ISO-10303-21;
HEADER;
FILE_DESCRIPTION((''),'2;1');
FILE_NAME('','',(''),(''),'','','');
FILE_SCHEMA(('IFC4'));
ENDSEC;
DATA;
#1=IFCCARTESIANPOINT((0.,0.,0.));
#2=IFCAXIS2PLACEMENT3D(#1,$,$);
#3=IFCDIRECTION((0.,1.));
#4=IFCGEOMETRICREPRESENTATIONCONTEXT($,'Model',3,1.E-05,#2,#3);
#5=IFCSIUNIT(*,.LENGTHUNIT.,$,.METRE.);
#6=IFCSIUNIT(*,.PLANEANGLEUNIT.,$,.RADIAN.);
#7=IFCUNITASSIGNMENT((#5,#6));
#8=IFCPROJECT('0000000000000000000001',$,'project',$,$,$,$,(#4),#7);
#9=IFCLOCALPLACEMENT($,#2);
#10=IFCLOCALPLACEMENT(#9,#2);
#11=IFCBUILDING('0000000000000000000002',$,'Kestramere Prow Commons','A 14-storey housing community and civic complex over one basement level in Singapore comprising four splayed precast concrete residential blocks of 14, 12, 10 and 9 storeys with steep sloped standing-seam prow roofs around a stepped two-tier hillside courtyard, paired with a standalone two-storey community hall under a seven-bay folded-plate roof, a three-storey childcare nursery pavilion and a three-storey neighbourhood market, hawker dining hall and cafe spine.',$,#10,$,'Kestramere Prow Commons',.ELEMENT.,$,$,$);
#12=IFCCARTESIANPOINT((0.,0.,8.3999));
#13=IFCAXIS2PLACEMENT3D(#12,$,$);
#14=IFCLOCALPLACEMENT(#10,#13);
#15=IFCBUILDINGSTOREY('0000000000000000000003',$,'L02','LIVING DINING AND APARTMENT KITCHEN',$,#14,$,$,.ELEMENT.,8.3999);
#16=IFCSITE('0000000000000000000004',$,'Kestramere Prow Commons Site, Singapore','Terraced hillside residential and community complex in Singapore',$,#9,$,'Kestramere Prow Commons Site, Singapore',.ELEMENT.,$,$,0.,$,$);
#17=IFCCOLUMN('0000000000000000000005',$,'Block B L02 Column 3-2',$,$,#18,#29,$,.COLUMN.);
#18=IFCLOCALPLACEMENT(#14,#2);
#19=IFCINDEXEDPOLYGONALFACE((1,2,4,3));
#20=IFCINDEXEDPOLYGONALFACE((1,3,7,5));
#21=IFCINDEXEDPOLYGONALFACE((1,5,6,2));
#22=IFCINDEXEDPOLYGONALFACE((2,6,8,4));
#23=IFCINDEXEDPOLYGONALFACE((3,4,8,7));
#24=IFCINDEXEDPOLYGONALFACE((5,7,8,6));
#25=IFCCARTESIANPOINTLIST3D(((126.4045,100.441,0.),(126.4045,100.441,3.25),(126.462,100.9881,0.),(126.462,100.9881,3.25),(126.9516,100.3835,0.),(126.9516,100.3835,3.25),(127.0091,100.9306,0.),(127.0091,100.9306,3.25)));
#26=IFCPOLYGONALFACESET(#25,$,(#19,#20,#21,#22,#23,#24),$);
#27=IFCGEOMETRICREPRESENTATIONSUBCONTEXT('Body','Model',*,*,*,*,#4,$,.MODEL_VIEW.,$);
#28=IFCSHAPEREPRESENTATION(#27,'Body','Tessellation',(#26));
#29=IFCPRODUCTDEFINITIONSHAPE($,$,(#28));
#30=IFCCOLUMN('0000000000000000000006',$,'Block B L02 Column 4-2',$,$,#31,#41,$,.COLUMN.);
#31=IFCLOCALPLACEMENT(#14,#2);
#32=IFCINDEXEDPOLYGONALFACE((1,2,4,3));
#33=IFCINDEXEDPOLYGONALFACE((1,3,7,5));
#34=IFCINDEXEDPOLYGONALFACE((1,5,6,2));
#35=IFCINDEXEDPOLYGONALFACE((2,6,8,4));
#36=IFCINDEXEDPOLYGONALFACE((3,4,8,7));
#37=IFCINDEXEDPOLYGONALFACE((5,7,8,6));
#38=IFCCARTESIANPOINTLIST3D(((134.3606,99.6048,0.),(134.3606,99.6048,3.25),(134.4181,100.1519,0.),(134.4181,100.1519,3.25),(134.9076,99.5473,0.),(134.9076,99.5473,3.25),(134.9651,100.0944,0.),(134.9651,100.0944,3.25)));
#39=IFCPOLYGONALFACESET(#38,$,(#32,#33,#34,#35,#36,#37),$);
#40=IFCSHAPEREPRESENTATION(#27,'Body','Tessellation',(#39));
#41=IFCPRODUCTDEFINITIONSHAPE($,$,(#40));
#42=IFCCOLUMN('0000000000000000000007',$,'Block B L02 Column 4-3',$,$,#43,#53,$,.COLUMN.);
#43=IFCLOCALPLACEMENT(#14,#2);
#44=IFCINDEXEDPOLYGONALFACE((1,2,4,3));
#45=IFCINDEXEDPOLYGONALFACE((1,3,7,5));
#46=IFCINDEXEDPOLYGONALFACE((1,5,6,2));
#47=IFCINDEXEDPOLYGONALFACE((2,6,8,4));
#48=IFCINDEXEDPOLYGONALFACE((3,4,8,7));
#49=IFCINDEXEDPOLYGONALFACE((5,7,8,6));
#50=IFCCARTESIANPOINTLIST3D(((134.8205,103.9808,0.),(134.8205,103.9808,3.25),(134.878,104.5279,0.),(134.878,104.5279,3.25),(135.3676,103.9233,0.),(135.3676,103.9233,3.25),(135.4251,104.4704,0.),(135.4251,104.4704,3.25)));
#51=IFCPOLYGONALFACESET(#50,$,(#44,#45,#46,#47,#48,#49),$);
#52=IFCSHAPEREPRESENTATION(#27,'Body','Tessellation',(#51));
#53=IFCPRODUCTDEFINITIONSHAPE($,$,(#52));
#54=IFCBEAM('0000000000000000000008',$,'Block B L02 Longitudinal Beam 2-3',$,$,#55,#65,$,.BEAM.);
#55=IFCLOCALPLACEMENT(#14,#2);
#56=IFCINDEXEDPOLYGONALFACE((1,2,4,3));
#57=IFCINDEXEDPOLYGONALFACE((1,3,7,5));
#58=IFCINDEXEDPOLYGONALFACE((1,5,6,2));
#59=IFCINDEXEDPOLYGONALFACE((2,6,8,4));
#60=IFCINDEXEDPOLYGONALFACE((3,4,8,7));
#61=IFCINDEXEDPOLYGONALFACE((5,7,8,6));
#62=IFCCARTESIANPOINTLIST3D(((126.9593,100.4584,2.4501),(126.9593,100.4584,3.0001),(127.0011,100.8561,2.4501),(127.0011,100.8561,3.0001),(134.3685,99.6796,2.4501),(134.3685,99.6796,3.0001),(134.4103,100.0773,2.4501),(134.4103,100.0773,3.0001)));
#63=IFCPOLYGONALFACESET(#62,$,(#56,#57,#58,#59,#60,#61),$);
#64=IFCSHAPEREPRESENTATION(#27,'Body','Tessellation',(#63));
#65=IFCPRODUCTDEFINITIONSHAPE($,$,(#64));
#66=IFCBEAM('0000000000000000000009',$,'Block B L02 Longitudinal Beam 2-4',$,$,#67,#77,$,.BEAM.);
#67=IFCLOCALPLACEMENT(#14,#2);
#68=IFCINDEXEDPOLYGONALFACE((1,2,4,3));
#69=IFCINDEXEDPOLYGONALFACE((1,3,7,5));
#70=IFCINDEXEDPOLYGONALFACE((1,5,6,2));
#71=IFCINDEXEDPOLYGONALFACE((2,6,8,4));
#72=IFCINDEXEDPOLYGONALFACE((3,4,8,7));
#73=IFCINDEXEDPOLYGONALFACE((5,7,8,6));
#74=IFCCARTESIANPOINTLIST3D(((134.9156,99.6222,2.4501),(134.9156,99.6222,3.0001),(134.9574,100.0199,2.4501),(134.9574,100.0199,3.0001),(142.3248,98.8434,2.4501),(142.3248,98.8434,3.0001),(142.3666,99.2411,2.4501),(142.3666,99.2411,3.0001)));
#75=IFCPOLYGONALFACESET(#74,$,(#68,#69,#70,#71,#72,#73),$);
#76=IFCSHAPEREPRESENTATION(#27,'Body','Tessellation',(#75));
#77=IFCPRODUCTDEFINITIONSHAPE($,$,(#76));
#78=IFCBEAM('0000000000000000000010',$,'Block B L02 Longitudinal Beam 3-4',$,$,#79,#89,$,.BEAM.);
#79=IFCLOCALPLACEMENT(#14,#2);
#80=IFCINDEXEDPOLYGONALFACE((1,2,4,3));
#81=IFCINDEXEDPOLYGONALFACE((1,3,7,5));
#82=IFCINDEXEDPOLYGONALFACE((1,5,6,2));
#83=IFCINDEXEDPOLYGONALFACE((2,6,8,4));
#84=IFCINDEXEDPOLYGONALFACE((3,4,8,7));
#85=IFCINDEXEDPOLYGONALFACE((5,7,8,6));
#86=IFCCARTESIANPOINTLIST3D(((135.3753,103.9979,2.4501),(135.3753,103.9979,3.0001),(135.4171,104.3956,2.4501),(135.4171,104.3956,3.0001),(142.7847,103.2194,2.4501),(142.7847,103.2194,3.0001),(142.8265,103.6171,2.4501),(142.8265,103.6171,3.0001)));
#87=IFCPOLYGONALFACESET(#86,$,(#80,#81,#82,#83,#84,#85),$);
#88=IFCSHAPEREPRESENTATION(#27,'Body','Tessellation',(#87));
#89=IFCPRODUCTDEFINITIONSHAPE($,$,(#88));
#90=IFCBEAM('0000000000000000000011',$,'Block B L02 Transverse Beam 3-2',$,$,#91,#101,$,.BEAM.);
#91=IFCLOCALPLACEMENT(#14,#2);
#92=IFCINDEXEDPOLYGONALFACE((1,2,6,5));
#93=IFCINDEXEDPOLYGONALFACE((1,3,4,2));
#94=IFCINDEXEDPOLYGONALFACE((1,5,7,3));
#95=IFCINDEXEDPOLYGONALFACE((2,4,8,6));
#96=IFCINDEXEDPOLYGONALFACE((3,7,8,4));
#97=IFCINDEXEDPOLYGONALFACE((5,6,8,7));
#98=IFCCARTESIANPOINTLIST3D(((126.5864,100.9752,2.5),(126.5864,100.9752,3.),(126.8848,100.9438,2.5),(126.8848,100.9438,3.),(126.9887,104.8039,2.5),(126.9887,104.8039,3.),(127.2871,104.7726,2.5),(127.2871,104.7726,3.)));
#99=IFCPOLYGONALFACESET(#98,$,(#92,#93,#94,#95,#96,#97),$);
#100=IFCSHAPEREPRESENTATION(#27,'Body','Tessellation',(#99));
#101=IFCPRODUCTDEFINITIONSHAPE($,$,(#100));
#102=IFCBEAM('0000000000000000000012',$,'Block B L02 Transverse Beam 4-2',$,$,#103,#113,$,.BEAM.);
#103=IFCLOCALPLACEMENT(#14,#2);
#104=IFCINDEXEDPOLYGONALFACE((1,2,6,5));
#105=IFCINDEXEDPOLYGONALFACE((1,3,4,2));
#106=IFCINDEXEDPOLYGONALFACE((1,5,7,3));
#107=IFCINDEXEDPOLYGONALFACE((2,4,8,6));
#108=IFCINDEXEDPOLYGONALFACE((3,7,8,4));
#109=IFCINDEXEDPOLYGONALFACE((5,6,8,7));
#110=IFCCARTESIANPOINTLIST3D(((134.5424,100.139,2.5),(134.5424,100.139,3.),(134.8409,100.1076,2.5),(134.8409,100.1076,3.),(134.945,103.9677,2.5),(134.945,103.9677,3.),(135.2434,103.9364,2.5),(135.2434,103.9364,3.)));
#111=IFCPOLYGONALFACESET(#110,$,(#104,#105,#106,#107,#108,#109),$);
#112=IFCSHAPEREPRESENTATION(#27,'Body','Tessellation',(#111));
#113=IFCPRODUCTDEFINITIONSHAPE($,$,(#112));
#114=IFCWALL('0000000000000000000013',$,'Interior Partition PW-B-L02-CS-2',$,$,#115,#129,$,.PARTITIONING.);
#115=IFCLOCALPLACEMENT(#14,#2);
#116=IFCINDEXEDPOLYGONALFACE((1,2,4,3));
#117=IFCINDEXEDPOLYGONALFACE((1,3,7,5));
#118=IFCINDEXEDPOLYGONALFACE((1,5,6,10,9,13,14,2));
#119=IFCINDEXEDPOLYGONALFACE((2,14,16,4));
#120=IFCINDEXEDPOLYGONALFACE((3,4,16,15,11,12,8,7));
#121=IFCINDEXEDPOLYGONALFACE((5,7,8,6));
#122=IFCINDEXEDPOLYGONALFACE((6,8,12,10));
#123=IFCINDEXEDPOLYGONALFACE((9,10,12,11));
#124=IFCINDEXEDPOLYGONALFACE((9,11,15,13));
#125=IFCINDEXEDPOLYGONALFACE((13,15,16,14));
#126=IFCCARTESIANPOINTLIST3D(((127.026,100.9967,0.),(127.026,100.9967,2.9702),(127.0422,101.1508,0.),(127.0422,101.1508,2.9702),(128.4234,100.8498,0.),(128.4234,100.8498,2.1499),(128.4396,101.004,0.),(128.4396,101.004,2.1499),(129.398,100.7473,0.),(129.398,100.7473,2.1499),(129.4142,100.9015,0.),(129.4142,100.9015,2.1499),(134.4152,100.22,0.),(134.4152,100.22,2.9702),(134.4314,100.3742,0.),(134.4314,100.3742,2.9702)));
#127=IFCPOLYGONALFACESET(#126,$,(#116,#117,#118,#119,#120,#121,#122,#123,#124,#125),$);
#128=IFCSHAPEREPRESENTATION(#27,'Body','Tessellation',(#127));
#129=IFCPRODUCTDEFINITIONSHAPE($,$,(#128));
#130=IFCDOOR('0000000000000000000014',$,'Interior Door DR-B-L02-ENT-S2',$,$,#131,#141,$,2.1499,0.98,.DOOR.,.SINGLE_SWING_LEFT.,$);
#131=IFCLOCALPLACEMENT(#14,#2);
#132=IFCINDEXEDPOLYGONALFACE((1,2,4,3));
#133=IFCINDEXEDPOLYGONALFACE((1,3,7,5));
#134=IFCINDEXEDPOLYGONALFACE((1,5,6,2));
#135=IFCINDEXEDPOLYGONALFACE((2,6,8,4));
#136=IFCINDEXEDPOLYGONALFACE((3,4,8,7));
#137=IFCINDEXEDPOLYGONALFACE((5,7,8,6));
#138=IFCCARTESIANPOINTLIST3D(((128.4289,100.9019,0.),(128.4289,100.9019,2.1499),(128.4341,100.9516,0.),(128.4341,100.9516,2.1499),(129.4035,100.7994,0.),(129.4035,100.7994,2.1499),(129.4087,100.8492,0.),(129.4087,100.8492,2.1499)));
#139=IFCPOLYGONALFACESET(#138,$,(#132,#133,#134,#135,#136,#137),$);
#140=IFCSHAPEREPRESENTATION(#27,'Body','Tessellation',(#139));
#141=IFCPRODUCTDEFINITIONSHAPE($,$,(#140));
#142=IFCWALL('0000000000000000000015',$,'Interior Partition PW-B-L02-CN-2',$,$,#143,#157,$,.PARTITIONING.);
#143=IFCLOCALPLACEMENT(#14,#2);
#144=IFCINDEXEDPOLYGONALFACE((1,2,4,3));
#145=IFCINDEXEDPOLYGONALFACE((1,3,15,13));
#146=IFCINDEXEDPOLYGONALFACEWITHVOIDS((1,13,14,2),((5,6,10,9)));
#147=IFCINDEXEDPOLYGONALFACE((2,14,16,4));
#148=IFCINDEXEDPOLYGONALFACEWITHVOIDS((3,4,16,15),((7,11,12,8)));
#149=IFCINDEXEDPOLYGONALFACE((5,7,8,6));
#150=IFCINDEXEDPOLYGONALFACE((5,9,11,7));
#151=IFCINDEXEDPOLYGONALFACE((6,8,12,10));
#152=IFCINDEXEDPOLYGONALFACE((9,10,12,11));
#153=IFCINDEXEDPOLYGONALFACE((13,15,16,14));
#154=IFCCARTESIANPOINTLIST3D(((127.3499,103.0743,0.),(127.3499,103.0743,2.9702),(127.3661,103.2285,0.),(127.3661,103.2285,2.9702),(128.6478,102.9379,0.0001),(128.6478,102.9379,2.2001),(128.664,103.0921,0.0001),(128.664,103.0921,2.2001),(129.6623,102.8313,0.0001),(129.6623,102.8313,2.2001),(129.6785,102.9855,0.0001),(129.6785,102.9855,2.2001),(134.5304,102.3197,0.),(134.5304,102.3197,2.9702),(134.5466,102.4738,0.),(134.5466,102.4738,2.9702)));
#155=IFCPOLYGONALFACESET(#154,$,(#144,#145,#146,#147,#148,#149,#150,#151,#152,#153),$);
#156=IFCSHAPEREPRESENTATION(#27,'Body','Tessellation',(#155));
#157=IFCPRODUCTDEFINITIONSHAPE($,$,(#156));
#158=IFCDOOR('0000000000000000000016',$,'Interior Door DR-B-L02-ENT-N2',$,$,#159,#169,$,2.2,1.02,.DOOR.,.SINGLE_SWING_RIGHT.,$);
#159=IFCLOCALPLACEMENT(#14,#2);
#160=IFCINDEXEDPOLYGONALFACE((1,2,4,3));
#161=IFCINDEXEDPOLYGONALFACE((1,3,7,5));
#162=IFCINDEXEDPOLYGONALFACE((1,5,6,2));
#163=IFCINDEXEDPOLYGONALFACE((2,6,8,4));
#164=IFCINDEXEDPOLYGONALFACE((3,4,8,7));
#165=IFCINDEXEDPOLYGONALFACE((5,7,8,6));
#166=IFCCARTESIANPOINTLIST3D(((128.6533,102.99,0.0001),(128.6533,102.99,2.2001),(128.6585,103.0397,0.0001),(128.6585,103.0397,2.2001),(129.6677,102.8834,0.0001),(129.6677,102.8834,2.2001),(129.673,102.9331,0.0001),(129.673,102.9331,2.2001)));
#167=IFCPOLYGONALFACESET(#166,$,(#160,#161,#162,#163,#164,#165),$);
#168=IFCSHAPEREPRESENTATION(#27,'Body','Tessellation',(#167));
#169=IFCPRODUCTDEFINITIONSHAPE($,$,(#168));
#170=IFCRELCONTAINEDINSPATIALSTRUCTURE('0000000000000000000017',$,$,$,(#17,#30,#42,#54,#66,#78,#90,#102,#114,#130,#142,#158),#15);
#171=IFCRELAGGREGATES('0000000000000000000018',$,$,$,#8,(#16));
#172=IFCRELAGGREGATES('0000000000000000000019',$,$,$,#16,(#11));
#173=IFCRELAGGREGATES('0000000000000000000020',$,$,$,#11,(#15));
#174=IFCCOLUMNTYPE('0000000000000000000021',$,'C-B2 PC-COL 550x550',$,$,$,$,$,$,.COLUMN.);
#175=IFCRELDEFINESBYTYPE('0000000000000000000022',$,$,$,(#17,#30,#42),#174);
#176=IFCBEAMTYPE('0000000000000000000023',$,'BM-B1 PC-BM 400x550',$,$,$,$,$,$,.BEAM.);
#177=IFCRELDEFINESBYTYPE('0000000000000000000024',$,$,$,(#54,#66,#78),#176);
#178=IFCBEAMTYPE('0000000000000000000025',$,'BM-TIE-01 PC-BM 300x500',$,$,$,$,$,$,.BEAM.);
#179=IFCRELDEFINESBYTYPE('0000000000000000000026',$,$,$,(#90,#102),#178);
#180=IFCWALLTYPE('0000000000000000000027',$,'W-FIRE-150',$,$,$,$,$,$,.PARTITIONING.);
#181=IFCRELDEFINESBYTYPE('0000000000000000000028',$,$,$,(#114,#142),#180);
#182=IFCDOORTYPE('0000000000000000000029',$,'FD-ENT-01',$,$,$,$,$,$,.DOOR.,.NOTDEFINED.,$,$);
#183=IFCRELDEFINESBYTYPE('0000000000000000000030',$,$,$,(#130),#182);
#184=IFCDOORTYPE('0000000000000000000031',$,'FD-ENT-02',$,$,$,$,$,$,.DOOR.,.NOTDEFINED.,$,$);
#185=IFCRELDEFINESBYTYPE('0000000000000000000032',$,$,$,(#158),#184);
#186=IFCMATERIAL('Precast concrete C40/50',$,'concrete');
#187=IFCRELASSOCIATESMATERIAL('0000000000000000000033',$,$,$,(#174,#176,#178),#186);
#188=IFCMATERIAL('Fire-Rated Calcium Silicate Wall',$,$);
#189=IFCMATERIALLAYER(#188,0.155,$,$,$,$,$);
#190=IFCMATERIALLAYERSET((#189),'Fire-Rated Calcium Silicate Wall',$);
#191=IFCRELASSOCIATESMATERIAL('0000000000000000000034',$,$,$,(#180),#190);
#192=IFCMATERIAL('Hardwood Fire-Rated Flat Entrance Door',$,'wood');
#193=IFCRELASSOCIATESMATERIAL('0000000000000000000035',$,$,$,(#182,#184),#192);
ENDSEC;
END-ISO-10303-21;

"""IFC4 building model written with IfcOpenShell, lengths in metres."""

from ifc_helpers import new_model, si_unit, direction, frame, frame_2d, origin, origin_2d, place, context, subcontext, project, spatial, rectangle, extrude, material, layer, layer_set, material_profile, profile_set, type_object, element, fill, save


model = new_model("IFC4")

# Units and contexts
model_context = context("Model", 3, precision=1e-05, world=origin(), true_north=direction((0.0, 1.0)))
body_context = subcontext(model_context, "Body", "Model", "MODEL_VIEW")
ifc_project = project(units=[si_unit("LENGTHUNIT", "METRE"), si_unit("PLANEANGLEUNIT", "RADIAN")], contexts=[model_context])

# Site, building, storey
site_placement = place(None, origin())
site = spatial("IfcSite", under=ifc_project, at=site_placement, Name="Kestramere Prow Commons Site, Singapore", Description="Terraced hillside residential and community complex in Singapore", LongName="Kestramere Prow Commons Site, Singapore", CompositionType="ELEMENT", RefElevation=0.0)
building_placement = place(site_placement, origin())
building = spatial("IfcBuilding", under=site, at=building_placement, Name="Kestramere Prow Commons", Description="A 14-storey housing community and civic complex over one basement level in Singapore comprising four splayed precast concrete residential blocks of 14, 12, 10 and 9 storeys with steep sloped standing-seam prow roofs around a stepped two-tier hillside courtyard, paired with a standalone two-storey community hall under a seven-bay folded-plate roof, a three-storey childcare nursery pavilion and a three-storey neighbourhood market, hawker dining hall and cafe spine.", LongName="Kestramere Prow Commons", CompositionType="ELEMENT")
storey_placement = place(building_placement, frame((0.0, 0.0, 8.3999)))
storey = spatial("IfcBuildingStorey", under=building, at=storey_placement, Name="L02", Description="LIVING DINING AND APARTMENT KITCHEN", CompositionType="ELEMENT", Elevation=8.3999)

# Columns
ifc_material_1 = material(Name="Precast concrete C40/50", Category="concrete")
ifc_material_profile_1 = material_profile(ifc_material_1, rectangle(XDim=0.55, YDim=0.55, at=origin_2d()), Name="PC-COL 550x550")
ifc_profile_set_1 = profile_set([ifc_material_profile_1], Name="Precast concrete C40/50")
column_type = type_object("IfcColumnType", Name="C-B2 PC-COL 550x550", PredefinedType="COLUMN", material=ifc_profile_set_1)
for number, where, z_axis, x_axis, name in (
    (1, (126.7068, 100.6858, 0.0), (0.0, 0.0, 1.0), (0.994522, -0.104528, 0.0), "Block B L02 Column 3-2"),
    (2, (134.6628, 99.8496, 0.0), (0.0, 0.0, 1.0), (0.994522, -0.104528, 0.0), "Block B L02 Column 4-2"),
    (3, (135.1228, 104.2256, 0.0), (0.0, 0.0, 1.0), (0.994522, -0.104528, 0.0), "Block B L02 Column 4-3"),
):
    element("IfcColumn", number, at=place(storey_placement, frame(where, z_axis=z_axis, x_axis=x_axis)), inside=storey, type_object=column_type, Name=name, PredefinedType="COLUMN", context=body_context, shape_type="SweptSolid", body=[
        extrude(rectangle(XDim=0.55, YDim=0.55, at=origin_2d()), origin(), (0.0, 0.0, 1.0), 3.25),
    ])

# Beams
ifc_material_profile_2 = material_profile(ifc_material_1, rectangle(XDim=0.3999, YDim=0.55, at=origin_2d()), Name="PC-BM 400x550")
ifc_profile_set_2 = profile_set([ifc_material_profile_2], Name="Precast concrete C40/50")
beam_type_1 = type_object("IfcBeamType", Name="BM-B1 PC-BM 400x550", PredefinedType="BEAM", material=ifc_profile_set_2)
for number, where, z_axis, x_axis, name in (
    (4, (126.9802, 100.6572, 2.7251), (0.994521, -0.104538, 0.0), (0.104538, 0.994521, 0.0), "Block B L02 Longitudinal Beam 2-3"),
    (5, (134.9365, 99.821, 2.7251), (0.994521, -0.104538, 0.0), (0.104538, 0.994521, 0.0), "Block B L02 Longitudinal Beam 2-4"),
):
    element("IfcBeam", number, at=place(storey_placement, frame(where, z_axis=z_axis, x_axis=x_axis)), inside=storey, type_object=beam_type_1, Name=name, PredefinedType="BEAM", context=body_context, shape_type="SweptSolid", body=[
        extrude(rectangle(XDim=0.3999, YDim=0.55, at=origin_2d()), origin(), (0.0, 0.0, 1.0), 7.45),
    ])
beam_placement = place(storey_placement, frame((135.3962, 104.1968, 2.7251), z_axis=(0.994525, -0.104502, 0.0), x_axis=(0.104502, 0.994525, 0.0)))
element("IfcBeam", 6, at=beam_placement, inside=storey, type_object=beam_type_1, Name="Block B L02 Longitudinal Beam 3-4", PredefinedType="BEAM", context=body_context, shape_type="SweptSolid", body=[
    extrude(rectangle(XDim=0.3999, YDim=0.55, at=origin_2d()), origin(), (0.0, 0.0, 1.0), 7.4502),
])
ifc_material_profile_3 = material_profile(ifc_material_1, rectangle(XDim=0.3, YDim=0.5, at=origin_2d()), Name="PC-BM 300x500")
ifc_profile_set_3 = profile_set([ifc_material_profile_3], Name="Precast concrete C40/50")
beam_type_2 = type_object("IfcBeamType", Name="BM-TIE-01 PC-BM 300x500", PredefinedType="BEAM", material=ifc_profile_set_3)
for number, where, z_axis, x_axis, name in (
    (7, (126.7356, 100.9595, 2.75), (0.104507, 0.994524, 0.0), (-0.994524, 0.104507, 0.0), "Block B L02 Transverse Beam 3-2"),
    (8, (134.6917, 100.1233, 2.75), (0.104569, 0.994518, 0.0), (-0.994518, 0.104569, 0.0), "Block B L02 Transverse Beam 4-2"),
):
    element("IfcBeam", number, at=place(storey_placement, frame(where, z_axis=z_axis, x_axis=x_axis)), inside=storey, type_object=beam_type_2, Name=name, PredefinedType="BEAM", context=body_context, shape_type="SweptSolid", body=[
        extrude(rectangle(XDim=0.3, YDim=0.5, at=origin_2d()), origin(), (0.0, 0.0, 1.0), 3.8499),
    ])

# Walls, openings, doors
ifc_material_2 = material(Name="Fire-Rated Calcium Silicate Wall")
ifc_layer_1 = layer(ifc_material_2, 0.155)
ifc_layer_set_1 = layer_set([ifc_layer_1], Name="Fire-Rated Calcium Silicate Wall")
wall_type_1 = type_object("IfcWallType", Name="W-FIRE-150", PredefinedType="PARTITIONING", material=ifc_layer_set_1)
wall_1_placement = place(storey_placement, frame((127.0342, 101.0737, 0.0), z_axis=(0.0, 0.0, 1.0), x_axis=(0.994522, -0.104526, 0.0)))
wall_1 = element("IfcWall", 9, at=wall_1_placement, inside=storey, type_object=wall_type_1, Name="Interior Partition PW-B-L02-CS-2", PredefinedType="PARTITIONING", context=body_context, shape_type="SweptSolid", body=[
    extrude(rectangle(XDim=7.4299, YDim=0.155, at=frame_2d((3.7148, 0.0))), origin(), (0.0, 0.0, 1.0), 2.9702),
])
opening_1_placement = place(wall_1_placement, frame((1.405, 0.0, 0.0)))
opening_1 = element("IfcOpeningElement", 10, at=opening_1_placement, cuts=wall_1, PredefinedType="OPENING", context=body_context, shape_type="SweptSolid", body=[
    extrude(rectangle(XDim=0.98, YDim=2.1499, at=frame_2d((0.49, 1.075))), frame((0.0, 0.0925, 0.0), z_axis=(0.0, -1.0, 0.0), x_axis=(1.0, 0.0, 0.0)), (0.0, 0.0, 1.0), 0.1851),
])
ifc_material_3 = material(Name="Hardwood Fire-Rated Flat Entrance Door", Category="wood")
door_type_1 = type_object("IfcDoorType", Name="FD-ENT-01", OperationType="NOTDEFINED", PredefinedType="DOOR", material=ifc_material_3)
door_1_placement = place(opening_1_placement, origin())
door_1 = element("IfcDoor", 11, at=door_1_placement, inside=storey, type_object=door_type_1, Name="Interior Door DR-B-L02-ENT-S2", OperationType="SINGLE_SWING_LEFT", OverallHeight=2.1499, OverallWidth=0.98, PredefinedType="DOOR", context=body_context, shape_type="SweptSolid", body=[
    extrude(rectangle(XDim=0.98, YDim=2.1499, at=frame_2d((0.49, 1.075))), frame((0.0, 0.0249, 0.0), z_axis=(0.0, -1.0, 0.0), x_axis=(1.0, 0.0, 0.0)), (0.0, 0.0, 1.0), 0.05),
])
fill(opening_1, door_1)
wall_2_placement = place(storey_placement, frame((127.3582, 103.1514, 0.0), z_axis=(0.0, 0.0, 1.0), x_axis=(0.994523, -0.104521, 0.0)))
wall_2 = element("IfcWall", 12, at=wall_2_placement, inside=storey, type_object=wall_type_1, Name="Interior Partition PW-B-L02-CN-2", PredefinedType="PARTITIONING", context=body_context, shape_type="SweptSolid", body=[
    extrude(rectangle(XDim=7.22, YDim=0.155, at=frame_2d((3.6099, 0.0))), origin(), (0.0, 0.0, 1.0), 2.9702),
])
opening_2_placement = place(wall_2_placement, frame((1.3049, 0.0, 0.0)))
opening_2 = element("IfcOpeningElement", 13, at=opening_2_placement, cuts=wall_2, PredefinedType="OPENING", context=body_context, shape_type="SweptSolid", body=[
    extrude(rectangle(XDim=1.02, YDim=2.2, at=frame_2d((0.51, 1.1001))), frame((0.0, 0.0925, 0.0), z_axis=(0.0, -1.0, 0.0), x_axis=(1.0, 0.0, 0.0)), (0.0, 0.0, 1.0), 0.1851),
])
door_type_2 = type_object("IfcDoorType", Name="FD-ENT-02", OperationType="NOTDEFINED", PredefinedType="DOOR", material=ifc_material_3)
door_2_placement = place(opening_2_placement, origin())
door_2 = element("IfcDoor", 14, at=door_2_placement, inside=storey, type_object=door_type_2, Name="Interior Door DR-B-L02-ENT-N2", OperationType="SINGLE_SWING_RIGHT", OverallHeight=2.2, OverallWidth=1.02, PredefinedType="DOOR", context=body_context, shape_type="SweptSolid", body=[
    extrude(rectangle(XDim=1.02, YDim=2.2, at=frame_2d((0.51, 1.1001))), frame((0.0, 0.0249, 0.0), z_axis=(0.0, -1.0, 0.0), x_axis=(1.0, 0.0, 0.0)), (0.0, 0.0, 1.0), 0.05),
])
fill(opening_2, door_2)

save(model, "model.ifc")
